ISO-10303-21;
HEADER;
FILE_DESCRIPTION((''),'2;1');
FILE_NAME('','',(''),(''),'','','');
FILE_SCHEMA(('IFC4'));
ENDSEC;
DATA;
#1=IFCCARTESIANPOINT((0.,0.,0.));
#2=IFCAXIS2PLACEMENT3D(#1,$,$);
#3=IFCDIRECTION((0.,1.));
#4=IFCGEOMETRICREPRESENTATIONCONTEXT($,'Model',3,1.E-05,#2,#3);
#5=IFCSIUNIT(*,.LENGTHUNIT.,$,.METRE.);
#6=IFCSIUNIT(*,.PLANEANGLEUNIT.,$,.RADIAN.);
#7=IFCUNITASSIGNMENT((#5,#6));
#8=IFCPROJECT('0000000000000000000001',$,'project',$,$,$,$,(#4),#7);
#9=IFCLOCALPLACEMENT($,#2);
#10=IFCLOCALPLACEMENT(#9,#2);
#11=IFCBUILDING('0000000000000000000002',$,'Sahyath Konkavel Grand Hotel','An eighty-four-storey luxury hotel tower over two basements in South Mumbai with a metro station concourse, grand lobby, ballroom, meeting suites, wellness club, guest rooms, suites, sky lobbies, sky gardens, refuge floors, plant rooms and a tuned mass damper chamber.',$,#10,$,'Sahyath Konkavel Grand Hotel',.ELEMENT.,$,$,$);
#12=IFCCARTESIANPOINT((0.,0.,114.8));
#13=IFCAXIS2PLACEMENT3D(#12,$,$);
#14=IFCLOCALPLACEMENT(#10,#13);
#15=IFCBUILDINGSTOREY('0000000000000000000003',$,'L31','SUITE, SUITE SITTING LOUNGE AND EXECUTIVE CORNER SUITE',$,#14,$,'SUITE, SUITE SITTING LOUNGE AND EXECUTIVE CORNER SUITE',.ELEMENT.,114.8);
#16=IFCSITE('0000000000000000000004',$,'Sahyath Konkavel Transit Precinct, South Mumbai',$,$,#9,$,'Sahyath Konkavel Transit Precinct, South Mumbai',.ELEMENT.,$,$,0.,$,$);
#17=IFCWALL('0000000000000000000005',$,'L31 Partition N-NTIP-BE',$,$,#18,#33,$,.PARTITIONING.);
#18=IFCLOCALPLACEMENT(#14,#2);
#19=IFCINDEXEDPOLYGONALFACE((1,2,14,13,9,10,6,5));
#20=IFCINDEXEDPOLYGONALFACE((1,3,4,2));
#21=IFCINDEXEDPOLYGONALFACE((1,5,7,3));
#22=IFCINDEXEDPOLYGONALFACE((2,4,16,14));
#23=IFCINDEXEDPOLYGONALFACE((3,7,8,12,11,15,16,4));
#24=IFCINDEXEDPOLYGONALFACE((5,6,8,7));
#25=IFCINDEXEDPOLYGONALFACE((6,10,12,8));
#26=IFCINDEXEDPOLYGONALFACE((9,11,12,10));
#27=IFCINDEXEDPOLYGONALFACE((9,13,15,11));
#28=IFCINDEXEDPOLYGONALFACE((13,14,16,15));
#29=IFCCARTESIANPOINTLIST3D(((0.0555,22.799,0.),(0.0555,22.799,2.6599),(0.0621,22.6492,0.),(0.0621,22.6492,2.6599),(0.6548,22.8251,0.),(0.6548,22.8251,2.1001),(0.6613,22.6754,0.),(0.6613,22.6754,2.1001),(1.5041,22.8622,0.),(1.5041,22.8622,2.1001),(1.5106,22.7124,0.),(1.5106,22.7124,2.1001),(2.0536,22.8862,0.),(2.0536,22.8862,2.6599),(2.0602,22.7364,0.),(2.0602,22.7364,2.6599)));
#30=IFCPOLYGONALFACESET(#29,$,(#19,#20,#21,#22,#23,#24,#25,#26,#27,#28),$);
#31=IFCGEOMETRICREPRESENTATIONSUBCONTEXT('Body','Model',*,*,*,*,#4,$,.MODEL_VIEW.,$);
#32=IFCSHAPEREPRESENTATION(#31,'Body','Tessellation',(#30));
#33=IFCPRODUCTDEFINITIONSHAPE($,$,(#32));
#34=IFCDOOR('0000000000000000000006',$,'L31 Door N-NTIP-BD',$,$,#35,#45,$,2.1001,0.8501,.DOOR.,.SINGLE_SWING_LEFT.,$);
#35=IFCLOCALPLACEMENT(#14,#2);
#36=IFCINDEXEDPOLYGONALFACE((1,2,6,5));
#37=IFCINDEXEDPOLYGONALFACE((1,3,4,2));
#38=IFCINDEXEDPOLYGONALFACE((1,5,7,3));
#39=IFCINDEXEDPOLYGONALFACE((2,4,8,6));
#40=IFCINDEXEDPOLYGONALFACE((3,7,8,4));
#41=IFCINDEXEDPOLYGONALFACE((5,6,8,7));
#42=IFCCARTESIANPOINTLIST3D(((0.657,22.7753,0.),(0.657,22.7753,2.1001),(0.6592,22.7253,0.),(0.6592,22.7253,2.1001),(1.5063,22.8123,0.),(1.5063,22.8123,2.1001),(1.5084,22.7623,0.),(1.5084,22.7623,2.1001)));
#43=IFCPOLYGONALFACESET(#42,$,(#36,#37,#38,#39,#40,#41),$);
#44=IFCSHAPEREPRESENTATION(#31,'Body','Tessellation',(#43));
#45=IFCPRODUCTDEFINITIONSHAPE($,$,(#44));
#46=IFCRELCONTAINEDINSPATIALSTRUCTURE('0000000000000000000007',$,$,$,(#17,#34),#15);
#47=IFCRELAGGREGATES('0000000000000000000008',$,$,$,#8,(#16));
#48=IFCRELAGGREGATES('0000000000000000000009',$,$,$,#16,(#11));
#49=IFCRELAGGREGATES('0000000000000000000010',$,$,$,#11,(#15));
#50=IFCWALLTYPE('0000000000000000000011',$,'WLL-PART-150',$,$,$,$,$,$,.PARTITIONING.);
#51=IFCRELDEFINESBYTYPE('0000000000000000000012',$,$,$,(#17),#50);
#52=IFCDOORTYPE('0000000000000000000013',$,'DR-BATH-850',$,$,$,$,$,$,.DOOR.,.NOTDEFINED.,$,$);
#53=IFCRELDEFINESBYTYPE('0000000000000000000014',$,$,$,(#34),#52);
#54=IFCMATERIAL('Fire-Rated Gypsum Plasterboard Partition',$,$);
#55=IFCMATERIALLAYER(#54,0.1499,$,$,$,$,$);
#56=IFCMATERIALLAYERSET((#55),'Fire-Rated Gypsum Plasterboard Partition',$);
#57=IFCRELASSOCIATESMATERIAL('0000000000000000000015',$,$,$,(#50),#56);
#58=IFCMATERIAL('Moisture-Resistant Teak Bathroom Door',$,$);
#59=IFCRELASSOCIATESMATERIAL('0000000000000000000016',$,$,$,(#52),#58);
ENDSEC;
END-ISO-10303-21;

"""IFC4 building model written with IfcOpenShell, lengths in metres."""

from ifc_helpers import new_model, si_unit, direction, frame, frame_2d, origin, origin_2d, place, context, subcontext, project, spatial, rectangle, extrude, source, transform, mapped, material, layer, layer_set, type_object, element, fill, save


model = new_model("IFC4")

# Units and contexts
model_context = context("Model", 3, precision=1e-05, world=origin(), true_north=direction((0.0, 1.0)))
body_context = subcontext(model_context, "Body", "Model", "MODEL_VIEW")
ifc_project = project(units=[si_unit("LENGTHUNIT", "METRE"), si_unit("PLANEANGLEUNIT", "RADIAN")], contexts=[model_context])

# Site, building, storey
site_placement = place(None, origin())
site = spatial("IfcSite", under=ifc_project, at=site_placement, Name="Sahyath Konkavel Transit Precinct, South Mumbai", LongName="Sahyath Konkavel Transit Precinct, South Mumbai", CompositionType="ELEMENT", RefElevation=0.0)
building_placement = place(site_placement, origin())
building = spatial("IfcBuilding", under=site, at=building_placement, Name="Sahyath Konkavel Grand Hotel", Description="An eighty-four-storey luxury hotel tower over two basements in South Mumbai with a metro station concourse, grand lobby, ballroom, meeting suites, wellness club, guest rooms, suites, sky lobbies, sky gardens, refuge floors, plant rooms and a tuned mass damper chamber.", LongName="Sahyath Konkavel Grand Hotel", CompositionType="ELEMENT")
storey_placement = place(building_placement, frame((0.0, 0.0, 114.8)))
storey = spatial("IfcBuildingStorey", under=building, at=storey_placement, Name="L31", Description="SUITE, SUITE SITTING LOUNGE AND EXECUTIVE CORNER SUITE", LongName="SUITE, SUITE SITTING LOUNGE AND EXECUTIVE CORNER SUITE", CompositionType="ELEMENT", Elevation=114.8)

# Shared definitions
shared_shape_1 = source(origin(), body_context, "Body", "SweptSolid", [
    extrude(rectangle(XDim=0.8501, YDim=0.05, at=origin_2d()), origin(), (0.0, 0.0, 1.0), 2.1001),
])

# Shared definitions
ifc_material_1 = material(Name="Fire-Rated Gypsum Plasterboard Partition")
ifc_layer_1 = layer(ifc_material_1, 0.1499)
ifc_layer_set_1 = layer_set([ifc_layer_1], Name="Fire-Rated Gypsum Plasterboard Partition")
wall_type_1 = type_object("IfcWallType", Name="WLL-PART-150", PredefinedType="PARTITIONING", material=ifc_layer_set_1)

# Wall, opening, door
wall_1_placement = place(storey_placement, frame((2.0569, 22.8113, 0.0), z_axis=(0.0, 0.0, 1.0), x_axis=(-0.99905, -0.04358, 0.0)))
wall_1 = element("IfcWall", 1, at=wall_1_placement, inside=storey, type_object=wall_type_1, Name="L31 Partition N-NTIP-BE", PredefinedType="PARTITIONING", context=body_context, shape_type="SweptSolid", body=[
    extrude(rectangle(XDim=2.0, YDim=0.1499, at=frame_2d((1.0, 0.0))), origin(), (0.0, 0.0, 1.0), 2.6599),
])
opening_1_placement = place(wall_1_placement, frame((0.55, 0.0, 0.0)))
opening_1 = element("IfcOpeningElement", 2, at=opening_1_placement, cuts=wall_1, PredefinedType="OPENING", context=body_context, shape_type="SweptSolid", body=[
    extrude(rectangle(XDim=0.8501, YDim=2.1001, at=frame_2d((0.425, 1.05))), frame((0.0, 0.085, 0.0), z_axis=(0.0, -1.0, 0.0), x_axis=(1.0, 0.0, 0.0)), (0.0, 0.0, 1.0), 0.1699),
])
ifc_material_2 = material(Name="Moisture-Resistant Teak Bathroom Door")
door_type_1 = type_object("IfcDoorType", Name="DR-BATH-850", OperationType="NOTDEFINED", PredefinedType="DOOR", material=ifc_material_2)
door_1_placement = place(opening_1_placement, frame((0.425, 0.0, 0.0)))
door_1 = element("IfcDoor", 3, at=door_1_placement, inside=storey, type_object=door_type_1, Name="L31 Door N-NTIP-BD", OperationType="SINGLE_SWING_LEFT", OverallHeight=2.1001, OverallWidth=0.8501, PredefinedType="DOOR", context=body_context, shape_type="MappedRepresentation", body=[
    mapped(shared_shape_1, transform((0.0, 0.0, 0.0), scale=1.0)),
])
fill(opening_1, door_1)

save(model, "model.ifc")
